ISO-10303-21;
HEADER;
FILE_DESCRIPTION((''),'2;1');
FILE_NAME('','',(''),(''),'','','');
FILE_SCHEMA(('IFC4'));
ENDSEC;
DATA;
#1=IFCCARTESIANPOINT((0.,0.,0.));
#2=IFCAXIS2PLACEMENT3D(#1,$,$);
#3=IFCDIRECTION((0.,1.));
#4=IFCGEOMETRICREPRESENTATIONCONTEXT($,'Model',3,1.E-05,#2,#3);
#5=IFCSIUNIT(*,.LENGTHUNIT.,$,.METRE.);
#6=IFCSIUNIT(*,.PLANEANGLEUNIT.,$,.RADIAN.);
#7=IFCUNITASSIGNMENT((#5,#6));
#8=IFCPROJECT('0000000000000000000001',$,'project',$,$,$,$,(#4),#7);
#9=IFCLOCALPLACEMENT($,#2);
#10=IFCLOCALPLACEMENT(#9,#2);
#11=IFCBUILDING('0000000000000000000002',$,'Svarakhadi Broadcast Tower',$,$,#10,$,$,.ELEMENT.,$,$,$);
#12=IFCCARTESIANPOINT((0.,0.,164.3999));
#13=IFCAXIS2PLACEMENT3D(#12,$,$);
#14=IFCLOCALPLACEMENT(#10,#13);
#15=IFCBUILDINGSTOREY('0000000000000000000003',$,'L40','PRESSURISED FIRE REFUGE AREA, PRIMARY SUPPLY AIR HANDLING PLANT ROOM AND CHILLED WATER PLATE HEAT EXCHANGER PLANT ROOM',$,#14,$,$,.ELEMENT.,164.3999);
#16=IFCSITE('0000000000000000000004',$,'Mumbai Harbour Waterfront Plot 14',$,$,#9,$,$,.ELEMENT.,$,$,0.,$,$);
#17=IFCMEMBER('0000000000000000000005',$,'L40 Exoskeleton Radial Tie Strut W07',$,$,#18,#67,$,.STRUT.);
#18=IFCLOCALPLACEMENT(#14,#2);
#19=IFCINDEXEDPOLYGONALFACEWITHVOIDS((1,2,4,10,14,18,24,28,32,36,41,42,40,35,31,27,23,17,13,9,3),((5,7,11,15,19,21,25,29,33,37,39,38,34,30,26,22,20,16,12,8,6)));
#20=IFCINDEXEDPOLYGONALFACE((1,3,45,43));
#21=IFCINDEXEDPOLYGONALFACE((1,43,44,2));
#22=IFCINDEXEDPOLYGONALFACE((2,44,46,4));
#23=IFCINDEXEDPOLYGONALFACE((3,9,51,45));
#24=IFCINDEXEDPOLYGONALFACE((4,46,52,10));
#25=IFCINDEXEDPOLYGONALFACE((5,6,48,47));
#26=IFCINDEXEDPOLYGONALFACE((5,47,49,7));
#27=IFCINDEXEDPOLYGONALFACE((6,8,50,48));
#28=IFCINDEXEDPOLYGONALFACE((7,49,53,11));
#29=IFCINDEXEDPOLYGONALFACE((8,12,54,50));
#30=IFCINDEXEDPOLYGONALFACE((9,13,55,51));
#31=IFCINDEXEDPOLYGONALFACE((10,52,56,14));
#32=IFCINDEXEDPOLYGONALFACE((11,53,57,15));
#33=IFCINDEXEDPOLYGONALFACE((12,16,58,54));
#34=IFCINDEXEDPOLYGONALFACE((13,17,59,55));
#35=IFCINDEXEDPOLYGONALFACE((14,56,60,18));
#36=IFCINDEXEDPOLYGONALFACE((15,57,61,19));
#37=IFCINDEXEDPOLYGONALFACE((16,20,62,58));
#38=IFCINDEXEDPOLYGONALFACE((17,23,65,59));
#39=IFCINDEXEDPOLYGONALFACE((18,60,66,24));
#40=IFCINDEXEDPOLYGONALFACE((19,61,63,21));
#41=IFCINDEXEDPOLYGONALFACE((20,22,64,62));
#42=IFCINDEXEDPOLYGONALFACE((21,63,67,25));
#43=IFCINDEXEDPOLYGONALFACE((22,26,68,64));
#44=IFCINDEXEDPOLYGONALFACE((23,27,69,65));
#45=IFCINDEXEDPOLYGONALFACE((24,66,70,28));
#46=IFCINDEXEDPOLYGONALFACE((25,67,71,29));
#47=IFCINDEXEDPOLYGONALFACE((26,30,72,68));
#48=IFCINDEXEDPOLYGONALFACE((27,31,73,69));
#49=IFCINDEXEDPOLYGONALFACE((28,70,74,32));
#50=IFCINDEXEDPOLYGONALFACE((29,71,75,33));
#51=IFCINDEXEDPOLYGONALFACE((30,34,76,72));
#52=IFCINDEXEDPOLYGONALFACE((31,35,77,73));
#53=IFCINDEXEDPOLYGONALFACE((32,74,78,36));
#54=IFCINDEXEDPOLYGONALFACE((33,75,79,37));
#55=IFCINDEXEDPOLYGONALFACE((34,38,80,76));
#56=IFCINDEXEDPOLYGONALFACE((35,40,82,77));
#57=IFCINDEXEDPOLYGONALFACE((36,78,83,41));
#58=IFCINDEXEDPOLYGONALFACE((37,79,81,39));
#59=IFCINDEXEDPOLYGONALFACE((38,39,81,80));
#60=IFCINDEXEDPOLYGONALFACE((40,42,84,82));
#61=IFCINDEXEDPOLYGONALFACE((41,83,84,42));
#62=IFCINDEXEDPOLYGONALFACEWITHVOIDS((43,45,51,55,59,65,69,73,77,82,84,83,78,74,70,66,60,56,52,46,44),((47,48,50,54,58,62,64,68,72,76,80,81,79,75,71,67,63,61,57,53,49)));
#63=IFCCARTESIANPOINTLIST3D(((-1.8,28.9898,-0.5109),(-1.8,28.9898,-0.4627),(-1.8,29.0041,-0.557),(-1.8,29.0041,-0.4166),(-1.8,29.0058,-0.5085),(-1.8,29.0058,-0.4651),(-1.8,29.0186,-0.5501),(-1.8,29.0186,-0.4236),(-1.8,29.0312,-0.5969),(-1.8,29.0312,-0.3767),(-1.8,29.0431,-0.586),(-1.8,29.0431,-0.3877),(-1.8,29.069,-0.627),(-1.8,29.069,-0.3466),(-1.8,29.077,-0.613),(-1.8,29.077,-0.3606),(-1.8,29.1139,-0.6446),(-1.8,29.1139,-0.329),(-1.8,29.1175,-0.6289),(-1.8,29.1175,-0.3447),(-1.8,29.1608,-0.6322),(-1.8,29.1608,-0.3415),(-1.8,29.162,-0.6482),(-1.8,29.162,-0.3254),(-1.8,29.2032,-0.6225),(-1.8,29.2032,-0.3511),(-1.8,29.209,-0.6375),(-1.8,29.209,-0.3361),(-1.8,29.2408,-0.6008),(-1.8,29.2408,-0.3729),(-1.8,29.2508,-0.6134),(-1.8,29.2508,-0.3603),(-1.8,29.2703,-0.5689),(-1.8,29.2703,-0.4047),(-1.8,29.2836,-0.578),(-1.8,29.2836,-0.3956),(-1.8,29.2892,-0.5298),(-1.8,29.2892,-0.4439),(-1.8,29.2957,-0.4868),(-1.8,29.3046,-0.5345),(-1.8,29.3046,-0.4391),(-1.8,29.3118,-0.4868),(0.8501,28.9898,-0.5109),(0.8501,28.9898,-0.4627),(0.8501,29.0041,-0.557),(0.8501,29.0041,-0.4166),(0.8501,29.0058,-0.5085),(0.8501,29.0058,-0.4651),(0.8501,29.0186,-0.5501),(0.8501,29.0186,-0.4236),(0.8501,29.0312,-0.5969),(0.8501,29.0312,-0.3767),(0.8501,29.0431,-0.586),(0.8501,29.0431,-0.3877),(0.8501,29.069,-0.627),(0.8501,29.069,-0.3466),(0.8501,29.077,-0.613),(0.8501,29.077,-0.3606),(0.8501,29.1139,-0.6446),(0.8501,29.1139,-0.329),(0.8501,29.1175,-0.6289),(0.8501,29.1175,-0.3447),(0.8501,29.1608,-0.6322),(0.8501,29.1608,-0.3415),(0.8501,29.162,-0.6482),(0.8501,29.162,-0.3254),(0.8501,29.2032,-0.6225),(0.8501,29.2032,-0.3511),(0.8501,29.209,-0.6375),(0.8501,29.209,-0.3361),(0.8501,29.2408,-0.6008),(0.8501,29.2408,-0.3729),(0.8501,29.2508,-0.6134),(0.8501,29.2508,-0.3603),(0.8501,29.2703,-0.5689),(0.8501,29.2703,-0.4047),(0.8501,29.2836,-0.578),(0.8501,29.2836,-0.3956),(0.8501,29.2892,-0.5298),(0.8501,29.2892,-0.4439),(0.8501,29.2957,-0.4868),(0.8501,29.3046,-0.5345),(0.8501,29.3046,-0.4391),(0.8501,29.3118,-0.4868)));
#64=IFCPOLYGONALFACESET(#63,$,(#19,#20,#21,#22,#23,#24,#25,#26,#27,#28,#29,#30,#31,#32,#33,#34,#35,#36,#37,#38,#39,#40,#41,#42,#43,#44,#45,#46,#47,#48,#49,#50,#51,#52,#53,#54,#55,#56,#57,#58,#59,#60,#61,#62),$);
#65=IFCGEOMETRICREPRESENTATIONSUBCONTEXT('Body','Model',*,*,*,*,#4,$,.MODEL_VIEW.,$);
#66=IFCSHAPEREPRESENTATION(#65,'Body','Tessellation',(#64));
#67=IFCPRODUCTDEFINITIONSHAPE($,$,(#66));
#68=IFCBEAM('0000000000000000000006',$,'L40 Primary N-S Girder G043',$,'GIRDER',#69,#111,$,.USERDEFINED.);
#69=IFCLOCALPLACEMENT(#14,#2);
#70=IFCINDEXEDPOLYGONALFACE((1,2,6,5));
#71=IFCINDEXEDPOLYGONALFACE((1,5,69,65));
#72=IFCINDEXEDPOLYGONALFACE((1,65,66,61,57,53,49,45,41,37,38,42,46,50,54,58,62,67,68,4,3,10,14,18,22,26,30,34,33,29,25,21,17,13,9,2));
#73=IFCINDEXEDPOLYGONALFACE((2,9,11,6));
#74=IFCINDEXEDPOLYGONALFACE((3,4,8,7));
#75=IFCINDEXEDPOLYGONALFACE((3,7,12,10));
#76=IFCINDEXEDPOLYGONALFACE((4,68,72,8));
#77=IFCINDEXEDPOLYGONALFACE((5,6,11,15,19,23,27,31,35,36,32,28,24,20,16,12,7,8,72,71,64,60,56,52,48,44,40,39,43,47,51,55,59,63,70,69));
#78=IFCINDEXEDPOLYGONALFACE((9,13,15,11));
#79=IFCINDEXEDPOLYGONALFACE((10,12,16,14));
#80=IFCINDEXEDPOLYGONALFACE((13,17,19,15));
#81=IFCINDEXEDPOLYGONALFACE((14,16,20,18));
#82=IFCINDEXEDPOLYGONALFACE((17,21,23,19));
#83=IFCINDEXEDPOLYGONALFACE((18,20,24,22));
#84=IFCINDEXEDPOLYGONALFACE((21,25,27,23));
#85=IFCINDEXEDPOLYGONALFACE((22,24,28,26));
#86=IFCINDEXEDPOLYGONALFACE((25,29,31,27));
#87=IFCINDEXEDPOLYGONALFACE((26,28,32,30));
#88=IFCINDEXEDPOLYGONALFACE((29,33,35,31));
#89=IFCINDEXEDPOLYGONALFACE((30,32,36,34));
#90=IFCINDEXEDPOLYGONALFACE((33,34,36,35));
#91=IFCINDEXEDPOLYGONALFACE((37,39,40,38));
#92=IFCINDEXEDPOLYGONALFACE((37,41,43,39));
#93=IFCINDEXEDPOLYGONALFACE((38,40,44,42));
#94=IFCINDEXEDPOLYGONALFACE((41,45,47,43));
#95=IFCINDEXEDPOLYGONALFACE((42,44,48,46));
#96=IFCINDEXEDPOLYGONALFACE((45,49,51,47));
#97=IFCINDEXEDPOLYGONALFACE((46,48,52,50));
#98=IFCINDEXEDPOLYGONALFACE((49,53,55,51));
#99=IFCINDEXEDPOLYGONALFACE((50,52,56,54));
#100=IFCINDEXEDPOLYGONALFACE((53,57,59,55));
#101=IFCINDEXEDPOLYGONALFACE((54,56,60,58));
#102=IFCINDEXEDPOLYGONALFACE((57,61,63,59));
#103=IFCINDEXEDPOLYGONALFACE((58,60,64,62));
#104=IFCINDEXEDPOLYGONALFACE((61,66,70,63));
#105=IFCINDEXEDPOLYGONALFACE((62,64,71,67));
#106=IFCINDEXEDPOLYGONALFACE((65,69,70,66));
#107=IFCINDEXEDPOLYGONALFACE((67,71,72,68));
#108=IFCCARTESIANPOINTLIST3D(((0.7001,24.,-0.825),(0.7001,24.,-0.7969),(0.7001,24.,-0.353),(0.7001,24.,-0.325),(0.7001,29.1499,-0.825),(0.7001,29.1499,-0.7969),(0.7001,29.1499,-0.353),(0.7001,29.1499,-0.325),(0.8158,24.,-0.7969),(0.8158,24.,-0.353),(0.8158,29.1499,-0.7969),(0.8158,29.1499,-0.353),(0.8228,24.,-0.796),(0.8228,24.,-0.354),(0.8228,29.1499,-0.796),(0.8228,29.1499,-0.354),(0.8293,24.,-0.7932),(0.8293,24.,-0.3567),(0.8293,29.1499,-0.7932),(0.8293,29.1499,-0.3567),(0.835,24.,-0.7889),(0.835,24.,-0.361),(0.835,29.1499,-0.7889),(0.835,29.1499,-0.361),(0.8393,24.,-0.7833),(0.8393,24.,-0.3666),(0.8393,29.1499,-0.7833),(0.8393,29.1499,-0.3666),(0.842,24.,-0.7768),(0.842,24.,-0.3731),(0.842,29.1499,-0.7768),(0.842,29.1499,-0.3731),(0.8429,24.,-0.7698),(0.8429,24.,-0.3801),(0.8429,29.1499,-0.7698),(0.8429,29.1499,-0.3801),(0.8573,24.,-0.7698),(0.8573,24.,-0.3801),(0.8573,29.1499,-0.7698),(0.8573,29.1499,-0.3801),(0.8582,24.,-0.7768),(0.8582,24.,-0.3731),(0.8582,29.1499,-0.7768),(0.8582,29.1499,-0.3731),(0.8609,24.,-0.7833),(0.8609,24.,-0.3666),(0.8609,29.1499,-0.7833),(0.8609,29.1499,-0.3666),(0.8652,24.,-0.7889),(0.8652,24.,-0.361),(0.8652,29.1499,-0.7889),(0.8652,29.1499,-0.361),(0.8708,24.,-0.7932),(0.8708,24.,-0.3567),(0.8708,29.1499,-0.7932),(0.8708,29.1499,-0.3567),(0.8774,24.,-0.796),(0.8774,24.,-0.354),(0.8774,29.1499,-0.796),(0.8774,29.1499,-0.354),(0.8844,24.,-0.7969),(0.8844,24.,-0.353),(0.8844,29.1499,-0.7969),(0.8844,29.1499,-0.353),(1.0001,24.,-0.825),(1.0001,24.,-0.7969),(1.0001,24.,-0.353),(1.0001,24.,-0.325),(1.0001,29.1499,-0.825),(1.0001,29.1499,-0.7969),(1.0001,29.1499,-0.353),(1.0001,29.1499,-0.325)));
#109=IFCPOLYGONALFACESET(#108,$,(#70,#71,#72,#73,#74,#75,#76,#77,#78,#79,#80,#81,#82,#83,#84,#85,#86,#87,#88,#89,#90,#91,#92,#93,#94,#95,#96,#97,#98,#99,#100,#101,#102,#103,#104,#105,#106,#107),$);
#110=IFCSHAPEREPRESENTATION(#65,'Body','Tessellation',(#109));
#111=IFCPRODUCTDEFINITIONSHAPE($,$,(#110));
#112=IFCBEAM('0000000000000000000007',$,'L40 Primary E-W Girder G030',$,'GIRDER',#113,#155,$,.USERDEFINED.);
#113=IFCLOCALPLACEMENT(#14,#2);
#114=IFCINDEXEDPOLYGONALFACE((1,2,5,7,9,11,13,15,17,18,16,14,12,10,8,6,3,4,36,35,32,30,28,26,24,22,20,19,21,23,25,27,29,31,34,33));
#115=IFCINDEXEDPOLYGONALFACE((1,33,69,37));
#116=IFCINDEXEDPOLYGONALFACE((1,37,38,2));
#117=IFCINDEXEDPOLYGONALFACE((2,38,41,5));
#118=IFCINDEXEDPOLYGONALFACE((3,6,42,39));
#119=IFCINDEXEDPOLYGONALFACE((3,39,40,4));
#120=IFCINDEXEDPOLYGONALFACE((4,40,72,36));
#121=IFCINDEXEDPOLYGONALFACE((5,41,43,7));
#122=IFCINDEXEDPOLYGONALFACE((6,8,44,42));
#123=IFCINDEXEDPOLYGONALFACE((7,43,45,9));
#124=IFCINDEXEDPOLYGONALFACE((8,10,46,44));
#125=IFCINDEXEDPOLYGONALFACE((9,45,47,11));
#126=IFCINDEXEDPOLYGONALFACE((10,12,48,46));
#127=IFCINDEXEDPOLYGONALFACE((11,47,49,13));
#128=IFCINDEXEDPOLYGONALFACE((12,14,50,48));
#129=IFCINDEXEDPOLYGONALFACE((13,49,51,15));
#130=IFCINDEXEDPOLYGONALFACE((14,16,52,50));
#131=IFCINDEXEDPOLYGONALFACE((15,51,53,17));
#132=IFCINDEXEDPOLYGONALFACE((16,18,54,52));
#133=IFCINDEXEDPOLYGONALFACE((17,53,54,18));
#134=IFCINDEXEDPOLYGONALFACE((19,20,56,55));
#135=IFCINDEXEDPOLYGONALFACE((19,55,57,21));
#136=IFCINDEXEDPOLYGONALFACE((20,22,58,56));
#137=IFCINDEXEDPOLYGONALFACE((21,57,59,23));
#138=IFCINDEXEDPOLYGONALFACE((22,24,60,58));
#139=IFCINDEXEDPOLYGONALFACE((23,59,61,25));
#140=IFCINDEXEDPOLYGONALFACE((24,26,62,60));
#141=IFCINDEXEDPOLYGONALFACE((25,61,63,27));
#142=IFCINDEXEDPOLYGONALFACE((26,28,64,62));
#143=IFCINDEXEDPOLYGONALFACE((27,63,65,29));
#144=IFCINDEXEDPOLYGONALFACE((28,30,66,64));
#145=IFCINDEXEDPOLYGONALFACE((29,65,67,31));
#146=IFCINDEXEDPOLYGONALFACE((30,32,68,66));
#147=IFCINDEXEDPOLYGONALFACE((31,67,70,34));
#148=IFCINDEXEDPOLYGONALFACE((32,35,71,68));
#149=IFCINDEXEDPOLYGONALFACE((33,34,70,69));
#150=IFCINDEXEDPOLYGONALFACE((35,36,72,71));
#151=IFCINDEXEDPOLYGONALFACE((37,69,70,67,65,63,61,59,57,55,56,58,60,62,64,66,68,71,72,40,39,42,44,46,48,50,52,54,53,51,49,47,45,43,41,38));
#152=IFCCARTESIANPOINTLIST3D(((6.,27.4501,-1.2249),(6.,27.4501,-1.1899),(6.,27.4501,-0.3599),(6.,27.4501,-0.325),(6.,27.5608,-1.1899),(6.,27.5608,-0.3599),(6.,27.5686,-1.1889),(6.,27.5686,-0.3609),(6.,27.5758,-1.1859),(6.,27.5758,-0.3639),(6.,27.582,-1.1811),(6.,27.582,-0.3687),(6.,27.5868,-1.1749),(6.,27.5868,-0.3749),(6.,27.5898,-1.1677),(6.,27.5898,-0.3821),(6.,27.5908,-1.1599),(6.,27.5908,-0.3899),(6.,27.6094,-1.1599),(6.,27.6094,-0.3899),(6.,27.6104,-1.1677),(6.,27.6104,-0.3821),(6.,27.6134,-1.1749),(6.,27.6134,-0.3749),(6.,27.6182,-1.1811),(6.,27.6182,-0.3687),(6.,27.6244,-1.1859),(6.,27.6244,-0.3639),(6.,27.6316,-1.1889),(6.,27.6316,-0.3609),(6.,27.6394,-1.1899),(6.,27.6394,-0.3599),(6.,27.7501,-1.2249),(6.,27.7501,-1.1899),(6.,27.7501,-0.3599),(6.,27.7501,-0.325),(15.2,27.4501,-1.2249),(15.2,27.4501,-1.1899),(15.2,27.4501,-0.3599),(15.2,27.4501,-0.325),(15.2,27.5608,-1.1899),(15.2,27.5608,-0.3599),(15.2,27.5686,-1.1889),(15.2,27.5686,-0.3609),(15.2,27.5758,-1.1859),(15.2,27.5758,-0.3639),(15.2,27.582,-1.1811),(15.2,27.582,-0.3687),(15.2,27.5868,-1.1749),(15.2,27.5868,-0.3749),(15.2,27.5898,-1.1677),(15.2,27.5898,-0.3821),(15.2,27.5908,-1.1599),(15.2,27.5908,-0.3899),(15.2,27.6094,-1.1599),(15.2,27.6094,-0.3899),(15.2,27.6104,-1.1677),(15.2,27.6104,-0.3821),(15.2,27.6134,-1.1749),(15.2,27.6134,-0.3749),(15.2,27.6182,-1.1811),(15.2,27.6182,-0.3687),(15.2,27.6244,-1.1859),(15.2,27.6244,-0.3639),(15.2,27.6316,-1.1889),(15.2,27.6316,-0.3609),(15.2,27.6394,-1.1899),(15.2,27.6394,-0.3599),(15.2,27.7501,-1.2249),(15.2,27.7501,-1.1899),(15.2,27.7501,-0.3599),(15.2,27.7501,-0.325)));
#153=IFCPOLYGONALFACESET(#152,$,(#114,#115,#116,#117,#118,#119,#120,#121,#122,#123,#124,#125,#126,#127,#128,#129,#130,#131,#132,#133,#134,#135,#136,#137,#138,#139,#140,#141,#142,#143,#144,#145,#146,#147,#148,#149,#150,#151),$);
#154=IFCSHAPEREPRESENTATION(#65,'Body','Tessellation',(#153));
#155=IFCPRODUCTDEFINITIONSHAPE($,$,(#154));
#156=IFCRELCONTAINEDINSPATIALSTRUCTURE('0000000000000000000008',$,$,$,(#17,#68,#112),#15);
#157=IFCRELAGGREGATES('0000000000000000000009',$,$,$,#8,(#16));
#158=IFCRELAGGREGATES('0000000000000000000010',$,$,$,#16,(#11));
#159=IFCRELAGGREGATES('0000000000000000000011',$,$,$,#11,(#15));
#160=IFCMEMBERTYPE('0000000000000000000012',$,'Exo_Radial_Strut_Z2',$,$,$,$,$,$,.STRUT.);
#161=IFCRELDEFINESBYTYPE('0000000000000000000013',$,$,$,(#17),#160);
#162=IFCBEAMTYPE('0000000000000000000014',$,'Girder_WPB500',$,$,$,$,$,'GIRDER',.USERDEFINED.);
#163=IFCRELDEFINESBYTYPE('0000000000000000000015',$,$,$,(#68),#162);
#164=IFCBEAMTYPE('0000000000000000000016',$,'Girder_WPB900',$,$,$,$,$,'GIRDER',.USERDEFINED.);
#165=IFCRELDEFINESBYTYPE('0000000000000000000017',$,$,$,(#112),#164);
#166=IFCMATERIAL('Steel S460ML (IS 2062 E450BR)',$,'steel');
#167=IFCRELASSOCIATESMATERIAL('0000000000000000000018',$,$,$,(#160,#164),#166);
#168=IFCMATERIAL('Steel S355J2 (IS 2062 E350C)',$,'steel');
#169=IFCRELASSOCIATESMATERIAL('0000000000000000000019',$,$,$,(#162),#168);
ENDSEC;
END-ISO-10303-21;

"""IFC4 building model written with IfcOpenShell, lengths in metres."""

from ifc_helpers import new_model, si_unit, direction, frame, origin, origin_2d, place, context, subcontext, project, spatial, hollow_circle, i_section, extrude, material, material_profile, profile_set, type_object, element, save


model = new_model("IFC4")

# Units and contexts
model_context = context("Model", 3, precision=1e-05, world=origin(), true_north=direction((0.0, 1.0)))
body_context = subcontext(model_context, "Body", "Model", "MODEL_VIEW")
ifc_project = project(units=[si_unit("LENGTHUNIT", "METRE"), si_unit("PLANEANGLEUNIT", "RADIAN")], contexts=[model_context])

# Site, building, storey
site_placement = place(None, origin())
site = spatial("IfcSite", under=ifc_project, at=site_placement, Name="Mumbai Harbour Waterfront Plot 14", CompositionType="ELEMENT", RefElevation=0.0)
building_placement = place(site_placement, origin())
building = spatial("IfcBuilding", under=site, at=building_placement, Name="Svarakhadi Broadcast Tower", CompositionType="ELEMENT")
storey_placement = place(building_placement, frame((0.0, 0.0, 164.3999)))
storey = spatial("IfcBuildingStorey", under=building, at=storey_placement, Name="L40", Description="PRESSURISED FIRE REFUGE AREA, PRIMARY SUPPLY AIR HANDLING PLANT ROOM AND CHILLED WATER PLATE HEAT EXCHANGER PLANT ROOM", CompositionType="ELEMENT", Elevation=164.3999)

# Shared definitions
ifc_material_1 = material(Name="Steel S355J2 (IS 2062 E350C)", Category="steel")

# Member
ifc_material_2 = material(Name="Steel S460ML (IS 2062 E450BR)", Category="steel")
ifc_material_profile_1 = material_profile(ifc_material_2, hollow_circle(Radius=0.1619, WallThickness=0.0161, at=origin_2d()), Name="CHS 323.9x16")
ifc_profile_set_1 = profile_set([ifc_material_profile_1], Name="Steel S460ML (IS 2062 E450BR)")
member_type_1 = type_object("IfcMemberType", Name="Exo_Radial_Strut_Z2", PredefinedType="STRUT", material=ifc_profile_set_1)
member_1_placement = place(storey_placement, frame((-1.8, 29.1499, -0.4868), z_axis=(1.0, 0.0, 0.0), x_axis=(0.0, 1.0, 0.0)))
element("IfcMember", 1, at=member_1_placement, inside=storey, type_object=member_type_1, Name="L40 Exoskeleton Radial Tie Strut W07", PredefinedType="STRUT", context=body_context, shape_type="SweptSolid", body=[
    extrude(hollow_circle(Radius=0.1619, WallThickness=0.0161, at=origin_2d()), origin(), (0.0, 0.0, 1.0), 2.6501),
])

# Beams
ifc_material_profile_2 = material_profile(ifc_material_1, i_section(OverallWidth=0.3, OverallDepth=0.5, WebThickness=0.0144, FlangeThickness=0.0281, FilletRadius=0.0271, at=origin_2d()), Name="WPB 500x300x187")
ifc_profile_set_2 = profile_set([ifc_material_profile_2], Name="Steel S355J2 (IS 2062 E350C)")
beam_type_1 = type_object("IfcBeamType", Name="Girder_WPB500", ElementType="GIRDER", PredefinedType="USERDEFINED", material=ifc_profile_set_2)
beam_1_placement = place(storey_placement, frame((0.8501, 24.0, -0.575), z_axis=(0.0, 1.0, 0.0), x_axis=(-1.0, 0.0, 0.0)))
element("IfcBeam", 2, at=beam_1_placement, inside=storey, type_object=beam_type_1, Name="L40 Primary N-S Girder G043", ObjectType="GIRDER", PredefinedType="USERDEFINED", context=body_context, shape_type="SweptSolid", body=[
    extrude(i_section(OverallWidth=0.3, OverallDepth=0.5, WebThickness=0.0144, FlangeThickness=0.0281, FilletRadius=0.0271, at=origin_2d()), origin(), (0.0, 0.0, 1.0), 5.1499),
])
ifc_material_profile_3 = material_profile(ifc_material_2, i_section(OverallWidth=0.3, OverallDepth=0.8999, WebThickness=0.0186, FlangeThickness=0.0349, FilletRadius=0.03, at=origin_2d()), Name="WPB 900x300x291")
ifc_profile_set_3 = profile_set([ifc_material_profile_3], Name="Steel S460ML (IS 2062 E450BR)")
beam_type_2 = type_object("IfcBeamType", Name="Girder_WPB900", ElementType="GIRDER", PredefinedType="USERDEFINED", material=ifc_profile_set_3)
beam_2_placement = place(storey_placement, frame((6.0, 27.6001, -0.7749), z_axis=(1.0, 0.0, 0.0), x_axis=(0.0, 1.0, 0.0)))
element("IfcBeam", 3, at=beam_2_placement, inside=storey, type_object=beam_type_2, Name="L40 Primary E-W Girder G030", ObjectType="GIRDER", PredefinedType="USERDEFINED", context=body_context, shape_type="SweptSolid", body=[
    extrude(i_section(OverallWidth=0.3, OverallDepth=0.8999, WebThickness=0.0186, FlangeThickness=0.0349, FilletRadius=0.03, at=origin_2d()), origin(), (0.0, 0.0, 1.0), 9.2),
])

save(model, "model.ifc")
